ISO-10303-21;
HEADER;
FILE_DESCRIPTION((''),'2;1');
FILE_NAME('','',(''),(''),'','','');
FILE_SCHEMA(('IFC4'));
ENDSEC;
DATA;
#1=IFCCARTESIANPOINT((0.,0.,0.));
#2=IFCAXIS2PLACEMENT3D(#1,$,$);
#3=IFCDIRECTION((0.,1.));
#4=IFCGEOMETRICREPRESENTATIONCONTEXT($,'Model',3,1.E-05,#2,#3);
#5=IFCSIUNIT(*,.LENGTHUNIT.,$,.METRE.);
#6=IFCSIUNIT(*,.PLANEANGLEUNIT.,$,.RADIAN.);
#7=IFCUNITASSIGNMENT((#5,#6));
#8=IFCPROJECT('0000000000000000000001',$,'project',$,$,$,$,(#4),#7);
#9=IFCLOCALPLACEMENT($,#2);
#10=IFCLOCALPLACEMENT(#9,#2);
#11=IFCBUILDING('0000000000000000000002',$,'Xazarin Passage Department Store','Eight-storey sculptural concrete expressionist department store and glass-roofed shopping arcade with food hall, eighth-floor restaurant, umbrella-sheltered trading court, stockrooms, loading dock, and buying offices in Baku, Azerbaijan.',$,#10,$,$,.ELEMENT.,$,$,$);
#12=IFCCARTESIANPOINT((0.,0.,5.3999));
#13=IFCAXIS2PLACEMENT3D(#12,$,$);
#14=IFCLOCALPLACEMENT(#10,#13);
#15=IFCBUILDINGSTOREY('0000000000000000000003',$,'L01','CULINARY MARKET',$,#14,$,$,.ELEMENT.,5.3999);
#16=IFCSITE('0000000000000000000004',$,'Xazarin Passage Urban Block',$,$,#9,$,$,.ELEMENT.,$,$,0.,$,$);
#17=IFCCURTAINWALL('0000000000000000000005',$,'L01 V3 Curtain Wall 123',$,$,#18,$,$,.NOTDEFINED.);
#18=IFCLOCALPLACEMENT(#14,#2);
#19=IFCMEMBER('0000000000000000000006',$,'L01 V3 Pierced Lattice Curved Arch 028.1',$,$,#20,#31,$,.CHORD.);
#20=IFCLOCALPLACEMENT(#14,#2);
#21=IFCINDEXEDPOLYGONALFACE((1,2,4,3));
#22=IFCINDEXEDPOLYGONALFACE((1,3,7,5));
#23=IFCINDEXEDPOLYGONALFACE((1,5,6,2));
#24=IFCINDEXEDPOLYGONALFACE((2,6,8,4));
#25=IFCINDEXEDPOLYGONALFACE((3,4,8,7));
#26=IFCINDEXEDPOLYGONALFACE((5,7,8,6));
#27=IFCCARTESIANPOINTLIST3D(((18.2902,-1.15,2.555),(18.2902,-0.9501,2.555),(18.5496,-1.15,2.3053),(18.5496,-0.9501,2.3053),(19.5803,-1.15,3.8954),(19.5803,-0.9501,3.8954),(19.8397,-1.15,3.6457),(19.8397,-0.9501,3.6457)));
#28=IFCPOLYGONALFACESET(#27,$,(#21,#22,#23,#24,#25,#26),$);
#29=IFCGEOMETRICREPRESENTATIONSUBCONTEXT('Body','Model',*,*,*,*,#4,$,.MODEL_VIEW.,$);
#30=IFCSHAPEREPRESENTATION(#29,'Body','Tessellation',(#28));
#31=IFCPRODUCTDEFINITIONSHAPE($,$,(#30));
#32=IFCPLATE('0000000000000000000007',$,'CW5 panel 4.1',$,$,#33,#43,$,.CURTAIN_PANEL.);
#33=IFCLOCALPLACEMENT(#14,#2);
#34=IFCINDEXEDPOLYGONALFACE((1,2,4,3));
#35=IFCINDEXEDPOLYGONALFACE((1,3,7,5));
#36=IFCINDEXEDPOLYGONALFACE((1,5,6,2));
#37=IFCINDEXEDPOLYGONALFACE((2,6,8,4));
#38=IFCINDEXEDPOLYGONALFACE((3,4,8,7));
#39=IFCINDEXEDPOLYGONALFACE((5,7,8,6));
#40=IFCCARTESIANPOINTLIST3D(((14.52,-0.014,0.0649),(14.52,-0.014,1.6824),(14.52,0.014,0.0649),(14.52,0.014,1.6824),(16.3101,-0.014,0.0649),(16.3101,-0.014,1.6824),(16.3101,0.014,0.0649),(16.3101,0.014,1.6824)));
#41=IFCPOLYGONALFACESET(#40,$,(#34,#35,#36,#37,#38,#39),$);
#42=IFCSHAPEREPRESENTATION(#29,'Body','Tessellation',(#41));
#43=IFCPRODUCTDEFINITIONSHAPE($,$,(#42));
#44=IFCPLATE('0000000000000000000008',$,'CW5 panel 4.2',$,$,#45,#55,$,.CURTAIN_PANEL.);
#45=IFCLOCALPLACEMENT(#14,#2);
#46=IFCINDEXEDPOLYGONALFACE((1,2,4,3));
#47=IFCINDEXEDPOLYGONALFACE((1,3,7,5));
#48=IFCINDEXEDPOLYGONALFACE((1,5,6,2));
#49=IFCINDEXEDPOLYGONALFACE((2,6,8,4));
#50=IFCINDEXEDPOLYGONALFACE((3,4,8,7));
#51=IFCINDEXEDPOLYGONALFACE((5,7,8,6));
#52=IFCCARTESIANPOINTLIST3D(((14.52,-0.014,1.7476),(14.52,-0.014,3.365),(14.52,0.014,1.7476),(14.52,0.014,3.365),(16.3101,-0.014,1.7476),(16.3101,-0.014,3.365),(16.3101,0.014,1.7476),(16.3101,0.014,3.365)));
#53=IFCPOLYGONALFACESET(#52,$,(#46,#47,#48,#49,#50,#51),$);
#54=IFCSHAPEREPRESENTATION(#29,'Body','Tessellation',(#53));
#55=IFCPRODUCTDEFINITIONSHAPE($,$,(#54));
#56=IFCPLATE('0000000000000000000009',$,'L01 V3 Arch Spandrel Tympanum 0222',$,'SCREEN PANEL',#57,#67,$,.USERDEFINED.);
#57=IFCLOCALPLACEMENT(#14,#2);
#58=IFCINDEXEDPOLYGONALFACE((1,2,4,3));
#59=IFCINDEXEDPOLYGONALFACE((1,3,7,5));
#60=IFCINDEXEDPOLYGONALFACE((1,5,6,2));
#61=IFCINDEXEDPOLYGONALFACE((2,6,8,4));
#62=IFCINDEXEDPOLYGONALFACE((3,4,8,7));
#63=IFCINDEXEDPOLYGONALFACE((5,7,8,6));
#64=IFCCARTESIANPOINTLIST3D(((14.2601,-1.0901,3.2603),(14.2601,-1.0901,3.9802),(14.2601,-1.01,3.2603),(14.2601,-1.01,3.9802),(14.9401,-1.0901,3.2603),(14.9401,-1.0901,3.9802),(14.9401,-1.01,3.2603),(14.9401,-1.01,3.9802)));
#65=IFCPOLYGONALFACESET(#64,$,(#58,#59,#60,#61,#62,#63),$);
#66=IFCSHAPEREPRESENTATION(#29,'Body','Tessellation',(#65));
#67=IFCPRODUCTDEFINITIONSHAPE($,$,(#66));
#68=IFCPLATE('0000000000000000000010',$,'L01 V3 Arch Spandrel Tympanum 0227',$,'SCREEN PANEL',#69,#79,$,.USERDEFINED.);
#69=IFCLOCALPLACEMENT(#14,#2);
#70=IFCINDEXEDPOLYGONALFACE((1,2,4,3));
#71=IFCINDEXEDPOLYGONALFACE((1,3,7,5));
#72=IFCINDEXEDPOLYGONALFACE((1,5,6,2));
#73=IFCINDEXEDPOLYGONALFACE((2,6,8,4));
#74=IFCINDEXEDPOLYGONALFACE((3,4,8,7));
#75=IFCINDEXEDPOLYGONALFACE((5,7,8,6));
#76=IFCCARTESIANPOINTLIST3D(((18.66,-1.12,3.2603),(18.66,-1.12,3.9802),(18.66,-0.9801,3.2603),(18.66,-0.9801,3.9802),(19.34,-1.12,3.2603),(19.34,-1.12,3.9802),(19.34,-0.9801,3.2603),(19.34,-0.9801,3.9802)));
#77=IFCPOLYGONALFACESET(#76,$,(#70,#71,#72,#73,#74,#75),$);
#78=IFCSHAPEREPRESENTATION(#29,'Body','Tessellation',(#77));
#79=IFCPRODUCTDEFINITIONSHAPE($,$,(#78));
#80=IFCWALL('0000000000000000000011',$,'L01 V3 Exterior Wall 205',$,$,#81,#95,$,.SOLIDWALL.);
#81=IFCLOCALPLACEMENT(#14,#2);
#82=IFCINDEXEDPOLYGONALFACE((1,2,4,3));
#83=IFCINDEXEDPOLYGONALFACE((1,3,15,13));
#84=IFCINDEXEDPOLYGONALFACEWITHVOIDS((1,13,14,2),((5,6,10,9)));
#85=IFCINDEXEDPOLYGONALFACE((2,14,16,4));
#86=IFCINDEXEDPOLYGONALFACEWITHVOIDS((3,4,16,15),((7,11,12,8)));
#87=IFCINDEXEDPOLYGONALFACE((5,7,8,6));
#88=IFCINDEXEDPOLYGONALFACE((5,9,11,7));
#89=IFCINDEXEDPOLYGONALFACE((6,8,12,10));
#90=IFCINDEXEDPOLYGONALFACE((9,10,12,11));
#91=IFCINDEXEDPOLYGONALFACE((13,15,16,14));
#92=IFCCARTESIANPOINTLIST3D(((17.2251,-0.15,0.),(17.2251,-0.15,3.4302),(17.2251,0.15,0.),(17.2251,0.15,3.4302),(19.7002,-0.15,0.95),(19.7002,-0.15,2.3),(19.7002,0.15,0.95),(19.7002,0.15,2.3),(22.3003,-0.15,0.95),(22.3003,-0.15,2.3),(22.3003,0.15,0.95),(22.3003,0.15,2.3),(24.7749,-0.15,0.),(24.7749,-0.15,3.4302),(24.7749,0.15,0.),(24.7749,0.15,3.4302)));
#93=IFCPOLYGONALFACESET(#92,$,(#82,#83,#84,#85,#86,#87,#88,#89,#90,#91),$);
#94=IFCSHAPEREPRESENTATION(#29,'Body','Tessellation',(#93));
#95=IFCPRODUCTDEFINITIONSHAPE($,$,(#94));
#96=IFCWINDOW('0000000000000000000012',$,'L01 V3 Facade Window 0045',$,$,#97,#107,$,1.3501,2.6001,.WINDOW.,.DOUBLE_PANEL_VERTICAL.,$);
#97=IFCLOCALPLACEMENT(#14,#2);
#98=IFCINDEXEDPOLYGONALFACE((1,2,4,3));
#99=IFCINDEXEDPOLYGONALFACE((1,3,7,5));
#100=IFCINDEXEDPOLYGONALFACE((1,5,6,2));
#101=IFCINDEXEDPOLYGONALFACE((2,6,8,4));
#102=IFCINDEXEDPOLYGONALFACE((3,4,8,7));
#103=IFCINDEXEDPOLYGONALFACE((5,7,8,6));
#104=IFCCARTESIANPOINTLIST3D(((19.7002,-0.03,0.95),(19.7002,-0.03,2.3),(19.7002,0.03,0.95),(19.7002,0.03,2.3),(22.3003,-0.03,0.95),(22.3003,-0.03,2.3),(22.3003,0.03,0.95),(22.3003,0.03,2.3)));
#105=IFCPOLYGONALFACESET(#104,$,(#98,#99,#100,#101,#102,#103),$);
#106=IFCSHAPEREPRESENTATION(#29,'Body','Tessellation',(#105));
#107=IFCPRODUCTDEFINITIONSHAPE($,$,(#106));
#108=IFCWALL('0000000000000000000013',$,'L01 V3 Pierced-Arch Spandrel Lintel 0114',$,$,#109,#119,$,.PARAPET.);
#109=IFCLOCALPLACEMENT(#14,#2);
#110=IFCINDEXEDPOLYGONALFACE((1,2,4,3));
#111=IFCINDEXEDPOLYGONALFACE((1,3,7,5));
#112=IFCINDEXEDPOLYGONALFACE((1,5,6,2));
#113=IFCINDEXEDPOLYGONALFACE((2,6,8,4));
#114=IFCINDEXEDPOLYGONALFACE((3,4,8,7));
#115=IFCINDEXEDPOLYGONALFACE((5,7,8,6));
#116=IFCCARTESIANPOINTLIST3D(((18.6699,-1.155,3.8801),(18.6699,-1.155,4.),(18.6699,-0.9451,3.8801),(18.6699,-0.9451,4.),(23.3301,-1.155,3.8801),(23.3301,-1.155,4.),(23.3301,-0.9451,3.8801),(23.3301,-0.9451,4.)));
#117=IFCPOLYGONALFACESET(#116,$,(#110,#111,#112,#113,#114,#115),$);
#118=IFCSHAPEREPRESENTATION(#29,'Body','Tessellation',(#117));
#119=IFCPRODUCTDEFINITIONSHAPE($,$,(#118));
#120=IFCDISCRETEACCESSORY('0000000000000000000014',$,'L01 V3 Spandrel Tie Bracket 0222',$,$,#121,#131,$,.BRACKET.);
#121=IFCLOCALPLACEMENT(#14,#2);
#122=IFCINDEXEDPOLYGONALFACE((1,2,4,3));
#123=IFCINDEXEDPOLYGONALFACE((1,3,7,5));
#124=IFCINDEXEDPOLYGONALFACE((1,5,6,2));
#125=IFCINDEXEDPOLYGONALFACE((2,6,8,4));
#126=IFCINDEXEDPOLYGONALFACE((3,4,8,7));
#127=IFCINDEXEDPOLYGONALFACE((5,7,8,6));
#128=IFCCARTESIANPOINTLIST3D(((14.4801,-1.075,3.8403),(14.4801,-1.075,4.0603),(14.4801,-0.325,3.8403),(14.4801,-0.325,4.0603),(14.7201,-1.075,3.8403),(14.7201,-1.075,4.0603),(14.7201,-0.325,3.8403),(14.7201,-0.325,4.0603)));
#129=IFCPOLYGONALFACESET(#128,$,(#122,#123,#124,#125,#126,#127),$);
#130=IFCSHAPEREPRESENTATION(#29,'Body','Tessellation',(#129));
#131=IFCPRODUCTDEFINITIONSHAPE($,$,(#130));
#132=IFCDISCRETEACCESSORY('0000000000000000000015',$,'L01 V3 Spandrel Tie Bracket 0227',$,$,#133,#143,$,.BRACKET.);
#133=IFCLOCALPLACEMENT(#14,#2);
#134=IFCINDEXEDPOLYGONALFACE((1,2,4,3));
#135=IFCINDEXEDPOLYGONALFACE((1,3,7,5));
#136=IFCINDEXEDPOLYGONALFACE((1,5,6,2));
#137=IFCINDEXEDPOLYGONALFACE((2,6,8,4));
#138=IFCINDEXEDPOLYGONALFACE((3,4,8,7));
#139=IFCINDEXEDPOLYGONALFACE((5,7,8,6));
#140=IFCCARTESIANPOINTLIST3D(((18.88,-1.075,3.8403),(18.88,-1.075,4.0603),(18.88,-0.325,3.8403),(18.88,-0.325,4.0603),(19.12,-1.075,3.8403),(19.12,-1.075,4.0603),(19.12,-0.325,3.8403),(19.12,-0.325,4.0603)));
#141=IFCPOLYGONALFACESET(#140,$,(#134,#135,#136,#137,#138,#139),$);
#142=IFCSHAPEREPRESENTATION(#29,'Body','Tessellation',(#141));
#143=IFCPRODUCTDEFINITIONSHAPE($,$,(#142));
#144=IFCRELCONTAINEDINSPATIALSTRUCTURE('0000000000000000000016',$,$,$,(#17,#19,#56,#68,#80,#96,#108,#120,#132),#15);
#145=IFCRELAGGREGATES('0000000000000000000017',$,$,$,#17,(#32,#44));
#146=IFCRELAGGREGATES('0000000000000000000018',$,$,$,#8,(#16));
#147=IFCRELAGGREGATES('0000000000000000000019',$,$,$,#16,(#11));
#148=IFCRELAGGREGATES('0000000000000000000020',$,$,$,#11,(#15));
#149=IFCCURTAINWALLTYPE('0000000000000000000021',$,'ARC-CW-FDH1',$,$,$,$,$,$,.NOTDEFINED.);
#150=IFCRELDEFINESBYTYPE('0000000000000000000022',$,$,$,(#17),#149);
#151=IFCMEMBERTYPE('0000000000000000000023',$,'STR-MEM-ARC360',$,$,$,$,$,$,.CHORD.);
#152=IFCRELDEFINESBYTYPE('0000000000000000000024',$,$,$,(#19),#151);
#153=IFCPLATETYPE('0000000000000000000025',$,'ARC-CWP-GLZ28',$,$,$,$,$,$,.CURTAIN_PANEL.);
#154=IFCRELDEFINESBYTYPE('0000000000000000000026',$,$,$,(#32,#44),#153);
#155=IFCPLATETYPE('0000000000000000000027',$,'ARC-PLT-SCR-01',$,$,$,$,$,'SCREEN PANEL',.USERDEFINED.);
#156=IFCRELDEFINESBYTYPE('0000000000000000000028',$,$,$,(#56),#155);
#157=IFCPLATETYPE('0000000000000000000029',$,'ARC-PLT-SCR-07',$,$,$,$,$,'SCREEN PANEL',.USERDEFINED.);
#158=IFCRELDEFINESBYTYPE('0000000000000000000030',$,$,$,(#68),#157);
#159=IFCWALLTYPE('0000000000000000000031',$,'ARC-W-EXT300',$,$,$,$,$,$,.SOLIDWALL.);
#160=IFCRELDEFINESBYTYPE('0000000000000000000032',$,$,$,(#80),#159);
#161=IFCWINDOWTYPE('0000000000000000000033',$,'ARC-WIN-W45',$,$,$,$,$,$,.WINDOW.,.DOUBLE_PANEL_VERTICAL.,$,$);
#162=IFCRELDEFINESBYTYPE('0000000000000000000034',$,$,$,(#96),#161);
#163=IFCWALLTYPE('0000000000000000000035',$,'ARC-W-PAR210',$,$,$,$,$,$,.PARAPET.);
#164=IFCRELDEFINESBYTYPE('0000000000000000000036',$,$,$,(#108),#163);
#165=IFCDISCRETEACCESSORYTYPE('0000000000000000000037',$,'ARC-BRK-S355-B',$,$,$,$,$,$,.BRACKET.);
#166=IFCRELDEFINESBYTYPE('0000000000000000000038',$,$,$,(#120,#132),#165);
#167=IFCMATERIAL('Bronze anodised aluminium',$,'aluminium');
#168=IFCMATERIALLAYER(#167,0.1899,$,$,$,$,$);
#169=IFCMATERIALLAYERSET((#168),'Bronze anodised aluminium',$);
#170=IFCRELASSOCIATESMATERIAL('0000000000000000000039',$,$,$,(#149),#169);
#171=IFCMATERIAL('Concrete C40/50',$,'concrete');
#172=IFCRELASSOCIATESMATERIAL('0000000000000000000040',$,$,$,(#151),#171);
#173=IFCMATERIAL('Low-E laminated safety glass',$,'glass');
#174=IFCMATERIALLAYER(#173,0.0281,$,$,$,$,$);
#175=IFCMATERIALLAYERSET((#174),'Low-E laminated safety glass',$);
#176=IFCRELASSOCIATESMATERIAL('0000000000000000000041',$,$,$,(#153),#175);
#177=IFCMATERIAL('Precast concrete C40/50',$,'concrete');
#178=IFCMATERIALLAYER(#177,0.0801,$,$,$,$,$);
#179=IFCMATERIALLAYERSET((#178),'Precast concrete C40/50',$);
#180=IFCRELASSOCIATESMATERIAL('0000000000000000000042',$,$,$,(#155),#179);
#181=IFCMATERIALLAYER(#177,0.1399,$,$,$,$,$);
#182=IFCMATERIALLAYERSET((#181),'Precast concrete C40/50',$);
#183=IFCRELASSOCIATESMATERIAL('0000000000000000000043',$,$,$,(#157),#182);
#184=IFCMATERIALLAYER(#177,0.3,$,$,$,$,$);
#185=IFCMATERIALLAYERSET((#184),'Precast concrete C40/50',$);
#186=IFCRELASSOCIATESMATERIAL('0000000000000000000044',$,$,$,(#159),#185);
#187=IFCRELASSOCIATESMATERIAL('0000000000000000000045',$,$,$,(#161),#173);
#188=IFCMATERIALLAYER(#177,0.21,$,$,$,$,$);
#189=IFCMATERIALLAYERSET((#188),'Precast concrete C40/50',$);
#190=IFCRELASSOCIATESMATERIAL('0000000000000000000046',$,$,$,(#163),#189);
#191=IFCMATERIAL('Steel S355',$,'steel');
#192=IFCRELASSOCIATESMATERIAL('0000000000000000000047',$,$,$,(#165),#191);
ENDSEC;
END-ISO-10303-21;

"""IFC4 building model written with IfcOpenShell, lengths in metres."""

from ifc_helpers import new_model, si_unit, direction, frame, frame_2d, origin, origin_2d, place, context, subcontext, project, spatial, rectangle, extrude, material, layer, layer_set, material_profile, profile_set, type_object, element, fill, aggregate, save


model = new_model("IFC4")

# Units and contexts
model_context = context("Model", 3, precision=1e-05, world=origin(), true_north=direction((0.0, 1.0)))
body_context = subcontext(model_context, "Body", "Model", "MODEL_VIEW")
ifc_project = project(units=[si_unit("LENGTHUNIT", "METRE"), si_unit("PLANEANGLEUNIT", "RADIAN")], contexts=[model_context])

# Site, building, storey
site_placement = place(None, origin())
site = spatial("IfcSite", under=ifc_project, at=site_placement, Name="Xazarin Passage Urban Block", CompositionType="ELEMENT", RefElevation=0.0)
building_placement = place(site_placement, origin())
building = spatial("IfcBuilding", under=site, at=building_placement, Name="Xazarin Passage Department Store", Description="Eight-storey sculptural concrete expressionist department store and glass-roofed shopping arcade with food hall, eighth-floor restaurant, umbrella-sheltered trading court, stockrooms, loading dock, and buying offices in Baku, Azerbaijan.", CompositionType="ELEMENT")
storey_placement = place(building_placement, frame((0.0, 0.0, 5.3999)))
storey = spatial("IfcBuildingStorey", under=building, at=storey_placement, Name="L01", Description="CULINARY MARKET", CompositionType="ELEMENT", Elevation=5.3999)

# Shared definitions
ifc_material_1 = material(Name="Concrete C40/50", Category="concrete")

# Curtain wall
ifc_material_2 = material(Name="Bronze anodised aluminium", Category="aluminium")
ifc_layer_1 = layer(ifc_material_2, 0.1899)
ifc_layer_set_1 = layer_set([ifc_layer_1], Name="Bronze anodised aluminium")
curtain_wall_type = type_object("IfcCurtainWallType", Name="ARC-CW-FDH1", PredefinedType="NOTDEFINED", material=ifc_layer_set_1)
curtain_wall_placement = place(storey_placement, origin())
curtain_wall = element("IfcCurtainWall", 1, at=curtain_wall_placement, inside=storey, type_object=curtain_wall_type, Name="L01 V3 Curtain Wall 123", PredefinedType="NOTDEFINED")

# Member
ifc_material_profile_1 = material_profile(ifc_material_1, rectangle(XDim=0.2, YDim=0.3601, at=origin_2d()), Name="RC 200x360")
ifc_profile_set_1 = profile_set([ifc_material_profile_1], Name="Concrete C40/50")
member_type_1 = type_object("IfcMemberType", Name="STR-MEM-ARC360", PredefinedType="CHORD", material=ifc_profile_set_1)
member_1_placement = place(storey_placement, frame((18.4199, -1.05, 2.4302), z_axis=(0.69346, 0.0, 0.720495), x_axis=(0.0, 1.0, 0.0)))
element("IfcMember", 2, at=member_1_placement, inside=storey, type_object=member_type_1, Name="L01 V3 Pierced Lattice Curved Arch 028.1", PredefinedType="CHORD", context=body_context, shape_type="SweptSolid", body=[
    extrude(rectangle(XDim=0.2, YDim=0.3601, at=origin_2d()), origin(), (0.0, 0.0, 1.0), 1.8604),
])

# Plates
ifc_material_3 = material(Name="Low-E laminated safety glass", Category="glass")
ifc_layer_2 = layer(ifc_material_3, 0.0281)
ifc_layer_set_2 = layer_set([ifc_layer_2], Name="Low-E laminated safety glass")
plate_type_1 = type_object("IfcPlateType", Name="ARC-CWP-GLZ28", PredefinedType="CURTAIN_PANEL", material=ifc_layer_set_2)
plate_1_placement = place(storey_placement, frame((15.415, 0.0, 0.0649), z_axis=(0.0, 0.0, 1.0), x_axis=(1.0, 0.0, 0.0)))
plate_1 = element("IfcPlate", 3, at=plate_1_placement, type_object=plate_type_1, Name="CW5 panel 4.1", PredefinedType="CURTAIN_PANEL", context=body_context, shape_type="SweptSolid", body=[
    extrude(rectangle(XDim=1.79, YDim=0.0281, at=origin_2d()), origin(), (0.0, 0.0, 1.0), 1.6174),
])
plate_2_placement = place(storey_placement, frame((15.415, 0.0, 1.7476), z_axis=(0.0, 0.0, 1.0), x_axis=(1.0, 0.0, 0.0)))
plate_2 = element("IfcPlate", 4, at=plate_2_placement, type_object=plate_type_1, Name="CW5 panel 4.2", PredefinedType="CURTAIN_PANEL", context=body_context, shape_type="SweptSolid", body=[
    extrude(rectangle(XDim=1.79, YDim=0.0281, at=origin_2d()), origin(), (0.0, 0.0, 1.0), 1.6174),
])
aggregate(curtain_wall, [plate_1, plate_2])

# Plates
ifc_material_4 = material(Name="Precast concrete C40/50", Category="concrete")
ifc_layer_3 = layer(ifc_material_4, 0.0801)
ifc_layer_set_3 = layer_set([ifc_layer_3], Name="Precast concrete C40/50")
plate_type_2 = type_object("IfcPlateType", Name="ARC-PLT-SCR-01", ElementType="SCREEN PANEL", PredefinedType="USERDEFINED", material=ifc_layer_set_3)
plate_3_placement = place(storey_placement, frame((14.6001, -1.05, 3.2603), z_axis=(0.0, 0.0, 1.0), x_axis=(1.0, 0.0, 0.0)))
element("IfcPlate", 5, at=plate_3_placement, inside=storey, type_object=plate_type_2, Name="L01 V3 Arch Spandrel Tympanum 0222", ObjectType="SCREEN PANEL", PredefinedType="USERDEFINED", context=body_context, shape_type="SweptSolid", body=[
    extrude(rectangle(XDim=0.6799, YDim=0.0801, at=origin_2d()), origin(), (0.0, 0.0, 1.0), 0.72),
])
ifc_layer_4 = layer(ifc_material_4, 0.1399)
ifc_layer_set_4 = layer_set([ifc_layer_4], Name="Precast concrete C40/50")
plate_type_3 = type_object("IfcPlateType", Name="ARC-PLT-SCR-07", ElementType="SCREEN PANEL", PredefinedType="USERDEFINED", material=ifc_layer_set_4)
plate_4_placement = place(storey_placement, frame((19.0, -1.05, 3.2603), z_axis=(0.0, 0.0, 1.0), x_axis=(1.0, 0.0, 0.0)))
element("IfcPlate", 6, at=plate_4_placement, inside=storey, type_object=plate_type_3, Name="L01 V3 Arch Spandrel Tympanum 0227", ObjectType="SCREEN PANEL", PredefinedType="USERDEFINED", context=body_context, shape_type="SweptSolid", body=[
    extrude(rectangle(XDim=0.6799, YDim=0.1399, at=origin_2d()), origin(), (0.0, 0.0, 1.0), 0.72),
])

# Wall, opening, window
ifc_layer_5 = layer(ifc_material_4, 0.3)
ifc_layer_set_5 = layer_set([ifc_layer_5], Name="Precast concrete C40/50")
wall_type_1 = type_object("IfcWallType", Name="ARC-W-EXT300", PredefinedType="SOLIDWALL", material=ifc_layer_set_5)
wall_1_placement = place(storey_placement, frame((17.2251, 0.0, 0.0), z_axis=(0.0, 0.0, 1.0), x_axis=(1.0, 0.0, 0.0)))
wall_1 = element("IfcWall", 7, at=wall_1_placement, inside=storey, type_object=wall_type_1, Name="L01 V3 Exterior Wall 205", PredefinedType="SOLIDWALL", context=body_context, shape_type="SweptSolid", body=[
    extrude(rectangle(XDim=7.5498, YDim=0.3, at=frame_2d((3.7749, 0.0))), origin(), (0.0, 0.0, 1.0), 3.4302),
])
opening_placement = place(wall_1_placement, frame((2.4751, 0.0, 0.95)))
opening = element("IfcOpeningElement", 8, at=opening_placement, cuts=wall_1, PredefinedType="OPENING", context=body_context, shape_type="SweptSolid", body=[
    extrude(rectangle(XDim=2.6001, YDim=1.3501, at=frame_2d((1.3, 0.675))), frame((0.0, 0.1599, 0.0), z_axis=(0.0, -1.0, 0.0), x_axis=(1.0, 0.0, 0.0)), (0.0, 0.0, 1.0), 0.3201),
])
window_type = type_object("IfcWindowType", Name="ARC-WIN-W45", PartitioningType="DOUBLE_PANEL_VERTICAL", PredefinedType="WINDOW", material=ifc_material_3)
window_placement = place(opening_placement, origin())
window = element("IfcWindow", 9, at=window_placement, inside=storey, type_object=window_type, Name="L01 V3 Facade Window 0045", OverallHeight=1.3501, OverallWidth=2.6001, PartitioningType="DOUBLE_PANEL_VERTICAL", PredefinedType="WINDOW", context=body_context, shape_type="SweptSolid", body=[
    extrude(rectangle(XDim=2.6001, YDim=1.3501, at=frame_2d((1.3, 0.675))), frame((0.0, 0.03, 0.0), z_axis=(0.0, -1.0, 0.0), x_axis=(1.0, 0.0, 0.0)), (0.0, 0.0, 1.0), 0.0601),
])
fill(opening, window)

# Wall
ifc_layer_6 = layer(ifc_material_4, 0.21)
ifc_layer_set_6 = layer_set([ifc_layer_6], Name="Precast concrete C40/50")
wall_type_2 = type_object("IfcWallType", Name="ARC-W-PAR210", PredefinedType="PARAPET", material=ifc_layer_set_6)
wall_2_placement = place(storey_placement, frame((18.6699, -1.05, 3.8801), z_axis=(0.0, 0.0, 1.0), x_axis=(1.0, 0.0, 0.0)))
element("IfcWall", 10, at=wall_2_placement, inside=storey, type_object=wall_type_2, Name="L01 V3 Pierced-Arch Spandrel Lintel 0114", PredefinedType="PARAPET", context=body_context, shape_type="SweptSolid", body=[
    extrude(rectangle(XDim=4.6602, YDim=0.21, at=frame_2d((2.3301, 0.0))), origin(), (0.0, 0.0, 1.0), 0.1199),
])

# Discrete accessories
ifc_material_5 = material(Name="Steel S355", Category="steel")
discrete_accessory_type = type_object("IfcDiscreteAccessoryType", Name="ARC-BRK-S355-B", PredefinedType="BRACKET", material=ifc_material_5)
for number, where, z_axis, x_axis, name in (
    (11, (14.6001, -0.7, 3.8403), (0.0, 0.0, 1.0), (1.0, 0.0, 0.0), "L01 V3 Spandrel Tie Bracket 0222"),
    (12, (19.0, -0.7, 3.8403), (0.0, 0.0, 1.0), (1.0, 0.0, 0.0), "L01 V3 Spandrel Tie Bracket 0227"),
):
    element("IfcDiscreteAccessory", number, at=place(storey_placement, frame(where, z_axis=z_axis, x_axis=x_axis)), inside=storey, type_object=discrete_accessory_type, Name=name, PredefinedType="BRACKET", context=body_context, shape_type="SweptSolid", body=[
        extrude(rectangle(XDim=0.24, YDim=0.75, at=origin_2d()), origin(), (0.0, 0.0, 1.0), 0.22),
    ])

save(model, "model.ifc")
